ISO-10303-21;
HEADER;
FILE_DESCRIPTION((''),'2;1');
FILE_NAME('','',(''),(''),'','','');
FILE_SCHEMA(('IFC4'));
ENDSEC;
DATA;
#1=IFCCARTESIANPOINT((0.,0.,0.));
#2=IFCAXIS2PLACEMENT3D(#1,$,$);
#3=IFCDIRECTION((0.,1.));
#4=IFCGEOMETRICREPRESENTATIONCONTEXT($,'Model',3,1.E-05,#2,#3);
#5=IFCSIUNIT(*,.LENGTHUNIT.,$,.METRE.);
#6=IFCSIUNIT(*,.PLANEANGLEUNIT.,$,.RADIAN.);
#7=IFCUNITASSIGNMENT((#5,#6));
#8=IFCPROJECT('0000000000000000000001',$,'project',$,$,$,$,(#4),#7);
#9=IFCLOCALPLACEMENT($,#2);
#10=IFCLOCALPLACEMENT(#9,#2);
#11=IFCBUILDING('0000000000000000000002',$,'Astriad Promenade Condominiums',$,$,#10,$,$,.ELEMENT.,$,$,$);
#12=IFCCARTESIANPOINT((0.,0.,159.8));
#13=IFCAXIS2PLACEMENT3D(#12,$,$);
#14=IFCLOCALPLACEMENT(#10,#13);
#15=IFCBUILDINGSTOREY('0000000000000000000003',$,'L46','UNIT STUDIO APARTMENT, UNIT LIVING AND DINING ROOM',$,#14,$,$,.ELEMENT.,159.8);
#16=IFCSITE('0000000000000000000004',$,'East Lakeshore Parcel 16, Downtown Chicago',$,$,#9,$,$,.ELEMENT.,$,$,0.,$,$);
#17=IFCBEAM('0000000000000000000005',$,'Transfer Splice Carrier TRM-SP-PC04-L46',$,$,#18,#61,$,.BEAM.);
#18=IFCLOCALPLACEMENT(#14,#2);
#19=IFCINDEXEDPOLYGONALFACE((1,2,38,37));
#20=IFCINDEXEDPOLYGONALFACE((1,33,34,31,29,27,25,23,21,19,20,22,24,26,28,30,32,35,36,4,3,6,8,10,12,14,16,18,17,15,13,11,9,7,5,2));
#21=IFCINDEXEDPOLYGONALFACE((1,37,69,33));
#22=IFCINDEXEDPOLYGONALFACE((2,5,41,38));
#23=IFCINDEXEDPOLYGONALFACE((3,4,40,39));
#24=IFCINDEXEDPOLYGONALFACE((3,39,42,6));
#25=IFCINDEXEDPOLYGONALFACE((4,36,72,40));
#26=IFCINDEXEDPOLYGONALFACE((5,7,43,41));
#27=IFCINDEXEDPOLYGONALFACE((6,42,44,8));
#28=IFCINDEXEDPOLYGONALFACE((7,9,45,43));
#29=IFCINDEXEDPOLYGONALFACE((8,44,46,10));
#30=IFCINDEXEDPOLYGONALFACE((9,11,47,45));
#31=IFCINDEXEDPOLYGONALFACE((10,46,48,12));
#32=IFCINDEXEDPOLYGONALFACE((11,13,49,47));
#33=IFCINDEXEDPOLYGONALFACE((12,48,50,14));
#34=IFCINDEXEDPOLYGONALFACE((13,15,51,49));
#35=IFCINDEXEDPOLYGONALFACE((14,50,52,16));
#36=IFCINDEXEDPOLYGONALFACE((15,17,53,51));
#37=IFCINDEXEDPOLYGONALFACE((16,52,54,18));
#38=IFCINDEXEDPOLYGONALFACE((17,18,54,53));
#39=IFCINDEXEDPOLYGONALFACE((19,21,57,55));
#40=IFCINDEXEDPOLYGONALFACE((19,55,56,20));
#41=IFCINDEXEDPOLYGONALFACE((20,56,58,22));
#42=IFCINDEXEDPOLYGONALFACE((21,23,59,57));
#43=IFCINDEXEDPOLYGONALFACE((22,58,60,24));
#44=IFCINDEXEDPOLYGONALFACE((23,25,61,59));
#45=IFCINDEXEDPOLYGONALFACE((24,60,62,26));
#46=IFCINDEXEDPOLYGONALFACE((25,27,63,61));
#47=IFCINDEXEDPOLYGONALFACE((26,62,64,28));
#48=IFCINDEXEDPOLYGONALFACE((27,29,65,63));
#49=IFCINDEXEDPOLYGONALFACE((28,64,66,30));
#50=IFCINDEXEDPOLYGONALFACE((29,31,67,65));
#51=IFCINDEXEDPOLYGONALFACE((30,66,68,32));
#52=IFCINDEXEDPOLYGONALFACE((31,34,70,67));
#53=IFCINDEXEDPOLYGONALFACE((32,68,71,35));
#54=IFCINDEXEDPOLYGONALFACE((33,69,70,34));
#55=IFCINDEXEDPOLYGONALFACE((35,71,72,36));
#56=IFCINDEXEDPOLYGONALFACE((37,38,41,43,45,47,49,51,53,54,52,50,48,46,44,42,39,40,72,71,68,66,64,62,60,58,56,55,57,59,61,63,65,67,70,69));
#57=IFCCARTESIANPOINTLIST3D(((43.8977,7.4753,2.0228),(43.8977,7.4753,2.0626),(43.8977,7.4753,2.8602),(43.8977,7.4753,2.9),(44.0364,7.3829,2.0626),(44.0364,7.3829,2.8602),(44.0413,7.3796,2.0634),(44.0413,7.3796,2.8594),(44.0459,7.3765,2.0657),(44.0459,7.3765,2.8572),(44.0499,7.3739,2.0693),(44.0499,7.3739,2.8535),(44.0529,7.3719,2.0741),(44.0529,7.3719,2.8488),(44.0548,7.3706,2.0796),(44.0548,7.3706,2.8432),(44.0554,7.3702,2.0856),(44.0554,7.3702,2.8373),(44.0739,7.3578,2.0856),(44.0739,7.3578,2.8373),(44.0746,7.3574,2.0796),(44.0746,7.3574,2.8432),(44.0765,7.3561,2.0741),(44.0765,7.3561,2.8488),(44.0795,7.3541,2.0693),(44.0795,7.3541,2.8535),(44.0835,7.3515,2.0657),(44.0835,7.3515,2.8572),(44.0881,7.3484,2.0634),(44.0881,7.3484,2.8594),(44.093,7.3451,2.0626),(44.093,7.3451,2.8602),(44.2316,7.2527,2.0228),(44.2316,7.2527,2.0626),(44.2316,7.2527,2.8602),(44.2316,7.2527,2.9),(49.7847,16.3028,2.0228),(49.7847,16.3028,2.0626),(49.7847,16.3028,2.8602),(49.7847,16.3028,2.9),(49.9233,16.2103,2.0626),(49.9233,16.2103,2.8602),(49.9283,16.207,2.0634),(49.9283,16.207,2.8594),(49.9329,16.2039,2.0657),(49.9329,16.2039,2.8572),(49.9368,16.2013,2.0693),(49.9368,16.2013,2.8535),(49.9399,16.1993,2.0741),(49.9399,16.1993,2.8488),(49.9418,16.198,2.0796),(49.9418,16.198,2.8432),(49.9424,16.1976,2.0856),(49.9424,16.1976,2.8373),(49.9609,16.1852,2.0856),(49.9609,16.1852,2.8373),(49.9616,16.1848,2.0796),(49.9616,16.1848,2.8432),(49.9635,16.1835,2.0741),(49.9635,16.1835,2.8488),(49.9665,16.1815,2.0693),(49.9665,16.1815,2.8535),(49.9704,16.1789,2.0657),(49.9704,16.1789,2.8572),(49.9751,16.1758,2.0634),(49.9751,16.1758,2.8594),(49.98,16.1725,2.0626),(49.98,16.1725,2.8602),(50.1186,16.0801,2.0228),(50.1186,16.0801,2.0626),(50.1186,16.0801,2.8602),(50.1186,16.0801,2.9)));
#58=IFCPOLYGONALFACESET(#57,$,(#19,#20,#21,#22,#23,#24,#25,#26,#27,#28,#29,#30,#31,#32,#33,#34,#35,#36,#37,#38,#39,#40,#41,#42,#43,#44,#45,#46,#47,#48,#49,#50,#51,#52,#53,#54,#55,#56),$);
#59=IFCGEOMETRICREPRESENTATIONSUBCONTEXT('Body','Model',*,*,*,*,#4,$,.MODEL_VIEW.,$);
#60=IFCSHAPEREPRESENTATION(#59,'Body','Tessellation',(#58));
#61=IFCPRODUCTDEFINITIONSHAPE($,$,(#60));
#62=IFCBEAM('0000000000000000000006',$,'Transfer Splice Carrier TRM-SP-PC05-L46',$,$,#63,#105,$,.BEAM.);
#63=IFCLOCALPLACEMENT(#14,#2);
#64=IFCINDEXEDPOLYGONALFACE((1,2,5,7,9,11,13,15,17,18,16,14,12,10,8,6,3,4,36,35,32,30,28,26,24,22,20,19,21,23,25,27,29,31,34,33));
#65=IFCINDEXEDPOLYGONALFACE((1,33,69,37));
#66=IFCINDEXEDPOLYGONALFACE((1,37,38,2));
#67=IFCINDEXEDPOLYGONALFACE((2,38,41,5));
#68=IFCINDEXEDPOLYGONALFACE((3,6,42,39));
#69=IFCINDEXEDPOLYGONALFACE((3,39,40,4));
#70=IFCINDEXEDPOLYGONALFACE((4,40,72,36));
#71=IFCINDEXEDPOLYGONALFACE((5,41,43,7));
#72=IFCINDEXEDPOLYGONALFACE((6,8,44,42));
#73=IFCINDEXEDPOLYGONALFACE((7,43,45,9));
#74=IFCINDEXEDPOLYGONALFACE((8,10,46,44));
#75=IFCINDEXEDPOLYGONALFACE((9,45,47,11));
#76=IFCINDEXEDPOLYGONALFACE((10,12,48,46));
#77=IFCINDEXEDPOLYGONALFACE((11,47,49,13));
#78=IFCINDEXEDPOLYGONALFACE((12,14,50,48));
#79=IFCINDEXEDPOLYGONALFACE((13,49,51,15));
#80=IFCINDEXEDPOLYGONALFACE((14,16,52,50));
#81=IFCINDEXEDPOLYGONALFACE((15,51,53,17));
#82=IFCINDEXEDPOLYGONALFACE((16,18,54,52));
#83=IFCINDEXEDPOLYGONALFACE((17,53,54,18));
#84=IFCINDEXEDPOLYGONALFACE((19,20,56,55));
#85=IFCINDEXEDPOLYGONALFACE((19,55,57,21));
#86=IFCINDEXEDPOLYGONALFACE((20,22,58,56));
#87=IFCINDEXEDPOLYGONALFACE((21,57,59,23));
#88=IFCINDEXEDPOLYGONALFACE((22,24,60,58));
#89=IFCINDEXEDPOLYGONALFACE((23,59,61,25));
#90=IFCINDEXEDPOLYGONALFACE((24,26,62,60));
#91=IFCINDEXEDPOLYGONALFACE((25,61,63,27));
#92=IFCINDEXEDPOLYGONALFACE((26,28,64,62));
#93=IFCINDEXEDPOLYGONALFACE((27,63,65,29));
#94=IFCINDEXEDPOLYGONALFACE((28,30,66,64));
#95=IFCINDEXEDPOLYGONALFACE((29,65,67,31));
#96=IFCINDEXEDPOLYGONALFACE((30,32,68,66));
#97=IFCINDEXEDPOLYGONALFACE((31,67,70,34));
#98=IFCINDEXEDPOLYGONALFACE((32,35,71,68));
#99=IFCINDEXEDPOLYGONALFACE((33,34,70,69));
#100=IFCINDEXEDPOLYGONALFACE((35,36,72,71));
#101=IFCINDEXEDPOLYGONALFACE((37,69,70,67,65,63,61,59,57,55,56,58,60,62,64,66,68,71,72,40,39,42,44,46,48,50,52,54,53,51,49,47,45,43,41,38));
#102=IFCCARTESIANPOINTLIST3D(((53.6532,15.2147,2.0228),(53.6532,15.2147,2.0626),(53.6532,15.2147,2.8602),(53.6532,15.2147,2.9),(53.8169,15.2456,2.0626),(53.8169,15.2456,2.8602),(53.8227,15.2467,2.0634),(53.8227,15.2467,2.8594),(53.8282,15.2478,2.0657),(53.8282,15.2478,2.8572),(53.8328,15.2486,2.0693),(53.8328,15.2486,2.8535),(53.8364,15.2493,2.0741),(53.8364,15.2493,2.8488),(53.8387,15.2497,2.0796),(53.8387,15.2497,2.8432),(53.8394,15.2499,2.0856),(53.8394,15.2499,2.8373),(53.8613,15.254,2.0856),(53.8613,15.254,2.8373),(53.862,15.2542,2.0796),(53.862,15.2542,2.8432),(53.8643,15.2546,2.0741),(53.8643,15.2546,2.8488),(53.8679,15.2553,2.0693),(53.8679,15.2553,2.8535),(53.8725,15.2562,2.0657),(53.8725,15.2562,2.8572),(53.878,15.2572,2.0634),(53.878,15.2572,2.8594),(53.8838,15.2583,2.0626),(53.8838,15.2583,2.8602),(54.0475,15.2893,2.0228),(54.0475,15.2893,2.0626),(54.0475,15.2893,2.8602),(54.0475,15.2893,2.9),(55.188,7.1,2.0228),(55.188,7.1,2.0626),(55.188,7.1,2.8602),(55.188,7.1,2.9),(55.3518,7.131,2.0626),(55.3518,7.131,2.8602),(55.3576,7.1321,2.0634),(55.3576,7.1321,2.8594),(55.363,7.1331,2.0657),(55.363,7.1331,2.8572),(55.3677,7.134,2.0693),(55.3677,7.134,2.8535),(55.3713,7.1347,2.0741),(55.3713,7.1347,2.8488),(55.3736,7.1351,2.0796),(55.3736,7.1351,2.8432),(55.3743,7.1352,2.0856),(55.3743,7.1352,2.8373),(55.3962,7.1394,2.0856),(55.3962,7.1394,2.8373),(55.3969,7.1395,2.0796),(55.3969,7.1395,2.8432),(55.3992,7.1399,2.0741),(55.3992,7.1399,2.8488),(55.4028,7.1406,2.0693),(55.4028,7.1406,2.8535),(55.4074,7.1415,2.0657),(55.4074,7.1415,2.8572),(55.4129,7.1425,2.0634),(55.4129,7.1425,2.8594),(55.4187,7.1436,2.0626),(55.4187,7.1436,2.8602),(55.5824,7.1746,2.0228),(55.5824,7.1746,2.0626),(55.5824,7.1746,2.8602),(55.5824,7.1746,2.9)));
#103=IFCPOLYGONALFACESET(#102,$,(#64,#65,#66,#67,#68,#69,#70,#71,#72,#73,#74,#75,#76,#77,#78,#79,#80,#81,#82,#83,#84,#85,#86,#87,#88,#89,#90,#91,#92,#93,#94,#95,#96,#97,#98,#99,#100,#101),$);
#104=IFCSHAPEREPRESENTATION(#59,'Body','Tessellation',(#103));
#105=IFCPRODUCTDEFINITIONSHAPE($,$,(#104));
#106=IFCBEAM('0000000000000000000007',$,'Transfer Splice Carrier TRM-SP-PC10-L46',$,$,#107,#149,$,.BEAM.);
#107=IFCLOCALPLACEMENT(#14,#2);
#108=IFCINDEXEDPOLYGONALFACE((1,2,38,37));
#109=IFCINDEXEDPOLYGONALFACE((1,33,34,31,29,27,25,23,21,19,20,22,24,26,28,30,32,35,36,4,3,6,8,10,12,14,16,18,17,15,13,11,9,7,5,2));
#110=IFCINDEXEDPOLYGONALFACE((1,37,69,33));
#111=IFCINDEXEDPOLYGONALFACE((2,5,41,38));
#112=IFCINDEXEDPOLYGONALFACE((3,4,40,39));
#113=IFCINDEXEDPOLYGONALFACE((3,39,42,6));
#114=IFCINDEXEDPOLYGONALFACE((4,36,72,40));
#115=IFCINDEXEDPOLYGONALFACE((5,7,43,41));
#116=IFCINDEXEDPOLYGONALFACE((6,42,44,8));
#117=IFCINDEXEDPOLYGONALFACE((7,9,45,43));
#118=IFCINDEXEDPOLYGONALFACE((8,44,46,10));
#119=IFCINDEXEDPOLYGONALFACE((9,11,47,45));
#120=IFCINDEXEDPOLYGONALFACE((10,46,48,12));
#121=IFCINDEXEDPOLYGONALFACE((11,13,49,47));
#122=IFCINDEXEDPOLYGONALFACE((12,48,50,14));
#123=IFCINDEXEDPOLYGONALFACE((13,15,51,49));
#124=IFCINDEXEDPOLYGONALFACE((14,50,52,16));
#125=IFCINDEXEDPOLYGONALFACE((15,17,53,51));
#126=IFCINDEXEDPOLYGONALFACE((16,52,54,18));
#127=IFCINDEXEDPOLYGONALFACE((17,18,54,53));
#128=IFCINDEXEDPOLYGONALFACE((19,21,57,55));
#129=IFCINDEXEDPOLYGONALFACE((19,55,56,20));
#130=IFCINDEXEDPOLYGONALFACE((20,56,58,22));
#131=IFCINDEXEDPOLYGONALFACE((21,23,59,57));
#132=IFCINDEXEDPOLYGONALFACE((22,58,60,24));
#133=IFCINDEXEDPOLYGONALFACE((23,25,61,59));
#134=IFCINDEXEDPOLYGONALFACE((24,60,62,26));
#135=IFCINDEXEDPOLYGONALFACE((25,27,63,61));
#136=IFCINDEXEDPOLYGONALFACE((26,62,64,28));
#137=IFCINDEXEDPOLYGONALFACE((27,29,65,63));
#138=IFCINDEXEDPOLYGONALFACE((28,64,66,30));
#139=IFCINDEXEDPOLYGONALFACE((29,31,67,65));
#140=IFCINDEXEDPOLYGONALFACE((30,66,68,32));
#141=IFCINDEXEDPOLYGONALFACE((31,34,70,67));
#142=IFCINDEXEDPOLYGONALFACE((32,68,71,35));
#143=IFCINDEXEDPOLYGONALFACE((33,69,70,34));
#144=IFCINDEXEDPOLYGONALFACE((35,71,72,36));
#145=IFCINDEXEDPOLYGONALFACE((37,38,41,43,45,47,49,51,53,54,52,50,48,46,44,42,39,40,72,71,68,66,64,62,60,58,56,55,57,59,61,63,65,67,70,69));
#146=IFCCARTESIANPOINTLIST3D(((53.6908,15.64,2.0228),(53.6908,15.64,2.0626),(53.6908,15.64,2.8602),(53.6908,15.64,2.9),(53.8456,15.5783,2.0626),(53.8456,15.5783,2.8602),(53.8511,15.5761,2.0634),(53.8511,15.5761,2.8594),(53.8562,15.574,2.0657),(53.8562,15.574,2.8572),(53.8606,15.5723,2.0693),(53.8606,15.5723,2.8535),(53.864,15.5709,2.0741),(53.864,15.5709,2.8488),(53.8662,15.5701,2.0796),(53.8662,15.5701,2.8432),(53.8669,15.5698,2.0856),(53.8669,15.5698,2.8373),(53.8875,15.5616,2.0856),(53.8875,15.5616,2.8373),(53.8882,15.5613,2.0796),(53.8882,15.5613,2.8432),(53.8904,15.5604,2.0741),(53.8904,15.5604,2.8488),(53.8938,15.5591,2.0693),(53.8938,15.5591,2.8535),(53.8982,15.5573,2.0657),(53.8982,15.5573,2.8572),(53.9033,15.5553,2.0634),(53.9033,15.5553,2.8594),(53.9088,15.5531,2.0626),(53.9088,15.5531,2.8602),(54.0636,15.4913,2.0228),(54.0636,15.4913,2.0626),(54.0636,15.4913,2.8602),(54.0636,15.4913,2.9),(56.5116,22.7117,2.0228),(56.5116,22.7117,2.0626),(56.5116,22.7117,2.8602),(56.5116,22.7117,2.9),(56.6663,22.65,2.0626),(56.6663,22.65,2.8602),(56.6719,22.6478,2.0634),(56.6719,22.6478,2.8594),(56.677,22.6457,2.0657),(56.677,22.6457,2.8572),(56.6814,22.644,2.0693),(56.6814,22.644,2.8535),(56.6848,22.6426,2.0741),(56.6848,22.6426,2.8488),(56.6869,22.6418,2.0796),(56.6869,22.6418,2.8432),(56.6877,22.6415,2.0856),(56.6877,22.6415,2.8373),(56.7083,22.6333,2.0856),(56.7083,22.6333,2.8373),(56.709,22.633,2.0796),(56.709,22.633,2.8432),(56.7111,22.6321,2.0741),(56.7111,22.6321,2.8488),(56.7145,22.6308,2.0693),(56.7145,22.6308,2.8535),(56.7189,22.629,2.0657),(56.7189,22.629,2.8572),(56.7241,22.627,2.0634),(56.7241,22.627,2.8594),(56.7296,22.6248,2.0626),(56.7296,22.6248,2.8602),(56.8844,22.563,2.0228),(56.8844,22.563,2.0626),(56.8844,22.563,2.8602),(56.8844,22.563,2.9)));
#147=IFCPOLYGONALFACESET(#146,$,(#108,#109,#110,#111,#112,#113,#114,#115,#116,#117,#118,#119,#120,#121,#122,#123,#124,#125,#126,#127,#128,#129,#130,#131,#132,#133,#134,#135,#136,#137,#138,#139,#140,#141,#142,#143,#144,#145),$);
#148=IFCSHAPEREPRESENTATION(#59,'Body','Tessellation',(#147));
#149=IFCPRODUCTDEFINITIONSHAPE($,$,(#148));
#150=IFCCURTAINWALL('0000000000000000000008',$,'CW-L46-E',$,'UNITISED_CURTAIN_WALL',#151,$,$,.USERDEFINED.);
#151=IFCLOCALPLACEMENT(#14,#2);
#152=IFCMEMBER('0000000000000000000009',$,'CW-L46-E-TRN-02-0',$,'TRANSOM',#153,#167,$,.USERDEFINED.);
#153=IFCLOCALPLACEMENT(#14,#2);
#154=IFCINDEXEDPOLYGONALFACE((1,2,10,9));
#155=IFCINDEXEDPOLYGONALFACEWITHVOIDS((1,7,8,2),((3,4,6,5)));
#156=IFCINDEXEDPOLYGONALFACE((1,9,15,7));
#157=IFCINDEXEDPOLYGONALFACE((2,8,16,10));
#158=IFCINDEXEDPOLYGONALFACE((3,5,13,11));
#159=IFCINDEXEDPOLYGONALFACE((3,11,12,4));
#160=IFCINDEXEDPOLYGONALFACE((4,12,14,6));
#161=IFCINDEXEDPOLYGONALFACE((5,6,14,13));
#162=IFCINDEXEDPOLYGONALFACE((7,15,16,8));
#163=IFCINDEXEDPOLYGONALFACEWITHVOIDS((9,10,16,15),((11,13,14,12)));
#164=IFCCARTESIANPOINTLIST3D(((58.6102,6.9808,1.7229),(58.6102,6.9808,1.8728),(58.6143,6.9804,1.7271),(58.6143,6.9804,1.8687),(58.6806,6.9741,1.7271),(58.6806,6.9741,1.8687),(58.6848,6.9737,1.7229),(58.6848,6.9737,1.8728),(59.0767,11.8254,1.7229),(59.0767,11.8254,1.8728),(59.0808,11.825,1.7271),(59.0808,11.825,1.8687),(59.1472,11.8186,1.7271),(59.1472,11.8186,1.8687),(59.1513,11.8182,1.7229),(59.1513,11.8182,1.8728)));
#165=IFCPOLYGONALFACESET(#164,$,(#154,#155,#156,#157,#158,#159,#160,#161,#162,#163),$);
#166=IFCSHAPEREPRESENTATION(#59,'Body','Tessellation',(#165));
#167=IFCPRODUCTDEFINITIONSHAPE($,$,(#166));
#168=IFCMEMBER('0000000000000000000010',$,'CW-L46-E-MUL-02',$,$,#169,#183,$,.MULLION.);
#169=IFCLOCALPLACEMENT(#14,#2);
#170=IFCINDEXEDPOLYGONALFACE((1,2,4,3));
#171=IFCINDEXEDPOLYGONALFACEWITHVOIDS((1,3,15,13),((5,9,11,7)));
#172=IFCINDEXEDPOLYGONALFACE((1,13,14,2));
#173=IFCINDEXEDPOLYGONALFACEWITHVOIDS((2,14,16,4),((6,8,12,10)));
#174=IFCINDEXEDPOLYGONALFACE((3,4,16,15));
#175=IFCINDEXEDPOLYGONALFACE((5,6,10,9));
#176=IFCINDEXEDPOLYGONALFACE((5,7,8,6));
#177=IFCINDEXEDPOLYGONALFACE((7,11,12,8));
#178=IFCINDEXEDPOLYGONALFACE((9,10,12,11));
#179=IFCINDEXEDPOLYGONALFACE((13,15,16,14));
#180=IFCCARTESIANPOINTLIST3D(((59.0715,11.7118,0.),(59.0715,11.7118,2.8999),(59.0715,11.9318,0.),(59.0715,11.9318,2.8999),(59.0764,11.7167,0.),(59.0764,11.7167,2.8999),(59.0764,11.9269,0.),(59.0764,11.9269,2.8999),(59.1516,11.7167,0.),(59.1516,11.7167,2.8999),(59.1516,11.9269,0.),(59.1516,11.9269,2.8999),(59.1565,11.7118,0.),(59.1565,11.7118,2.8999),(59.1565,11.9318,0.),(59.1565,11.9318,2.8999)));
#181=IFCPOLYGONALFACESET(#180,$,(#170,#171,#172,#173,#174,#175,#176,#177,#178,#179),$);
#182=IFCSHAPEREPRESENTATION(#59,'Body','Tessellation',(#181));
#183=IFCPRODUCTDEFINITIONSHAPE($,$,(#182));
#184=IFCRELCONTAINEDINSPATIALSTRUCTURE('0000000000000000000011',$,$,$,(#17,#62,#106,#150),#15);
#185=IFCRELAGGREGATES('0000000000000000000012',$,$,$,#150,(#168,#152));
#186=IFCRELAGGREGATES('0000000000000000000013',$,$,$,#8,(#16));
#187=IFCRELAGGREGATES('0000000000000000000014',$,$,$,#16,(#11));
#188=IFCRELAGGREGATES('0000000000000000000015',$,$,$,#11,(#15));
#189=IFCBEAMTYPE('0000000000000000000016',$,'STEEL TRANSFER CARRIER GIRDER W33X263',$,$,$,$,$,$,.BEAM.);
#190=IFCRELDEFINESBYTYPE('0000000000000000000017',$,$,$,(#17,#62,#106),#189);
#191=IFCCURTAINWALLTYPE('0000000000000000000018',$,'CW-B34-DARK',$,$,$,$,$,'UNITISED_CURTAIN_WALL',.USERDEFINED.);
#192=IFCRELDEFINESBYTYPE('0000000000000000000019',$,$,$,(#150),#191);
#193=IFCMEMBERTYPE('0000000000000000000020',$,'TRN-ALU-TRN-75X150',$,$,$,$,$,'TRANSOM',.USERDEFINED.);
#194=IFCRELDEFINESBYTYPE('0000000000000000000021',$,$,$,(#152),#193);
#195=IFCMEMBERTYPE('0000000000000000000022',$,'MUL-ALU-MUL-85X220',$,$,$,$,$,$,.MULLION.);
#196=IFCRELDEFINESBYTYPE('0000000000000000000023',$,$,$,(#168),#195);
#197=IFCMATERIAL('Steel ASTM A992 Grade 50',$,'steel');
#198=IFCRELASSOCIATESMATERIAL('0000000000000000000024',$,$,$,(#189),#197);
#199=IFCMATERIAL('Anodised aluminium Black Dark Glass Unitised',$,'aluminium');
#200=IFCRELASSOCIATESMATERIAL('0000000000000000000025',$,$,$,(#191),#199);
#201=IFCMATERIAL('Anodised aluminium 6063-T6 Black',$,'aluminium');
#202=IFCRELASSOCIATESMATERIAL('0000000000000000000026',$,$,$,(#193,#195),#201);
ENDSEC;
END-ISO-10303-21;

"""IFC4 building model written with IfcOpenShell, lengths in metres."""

from ifc_helpers import new_model, si_unit, direction, frame, origin, origin_2d, place, context, subcontext, project, spatial, hollow_rectangle, i_section, extrude, source, transform, mapped, material, material_profile, profile_set, type_object, type_shapes, element, aggregate, save


model = new_model("IFC4")

# Units and contexts
model_context = context("Model", 3, precision=1e-05, world=origin(), true_north=direction((0.0, 1.0)))
body_context = subcontext(model_context, "Body", "Model", "MODEL_VIEW")
ifc_project = project(units=[si_unit("LENGTHUNIT", "METRE"), si_unit("PLANEANGLEUNIT", "RADIAN")], contexts=[model_context])

# Site, building, storey
site_placement = place(None, origin())
site = spatial("IfcSite", under=ifc_project, at=site_placement, Name="East Lakeshore Parcel 16, Downtown Chicago", CompositionType="ELEMENT", RefElevation=0.0)
building_placement = place(site_placement, origin())
building = spatial("IfcBuilding", under=site, at=building_placement, Name="Astriad Promenade Condominiums", CompositionType="ELEMENT")
storey_placement = place(building_placement, frame((0.0, 0.0, 159.8)))
storey = spatial("IfcBuildingStorey", under=building, at=storey_placement, Name="L46", Description="UNIT STUDIO APARTMENT, UNIT LIVING AND DINING ROOM", CompositionType="ELEMENT", Elevation=159.8)

# Beams
ifc_material_1 = material(Name="Steel ASTM A992 Grade 50", Category="steel")
ifc_material_profile_1 = material_profile(ifc_material_1, i_section(OverallWidth=0.4014, OverallDepth=0.8772, WebThickness=0.0222, FlangeThickness=0.0398, FilletRadius=0.0229, at=origin_2d()), Name="W33X263")
ifc_profile_set_1 = profile_set([ifc_material_profile_1], Name="Steel ASTM A992 Grade 50")
beam_type_1 = type_object("IfcBeamType", Name="STEEL TRANSFER CARRIER GIRDER W33X263", PredefinedType="BEAM", material=ifc_profile_set_1)
shared_shape_1 = source(origin(), body_context, "Body", "SweptSolid", [
    extrude(i_section(OverallWidth=0.4014, OverallDepth=0.8772, WebThickness=0.0222, FlangeThickness=0.0398, FilletRadius=0.0229, at=origin_2d()), origin(), (0.0, 0.0, 1.0), 10.6104),
])
beam_1_placement = place(storey_placement, frame((49.9517, 16.1914, 2.4614), z_axis=(-0.554833, -0.831962, 0.0), x_axis=(0.831962, -0.554833, 0.0)))
element("IfcBeam", 1, at=beam_1_placement, inside=storey, type_object=beam_type_1, Name="Transfer Splice Carrier TRM-SP-PC04-L46", PredefinedType="BEAM", context=body_context, shape_type="MappedRepresentation", body=[
    mapped(shared_shape_1, transform((0.0, 0.0, 0.0), scale=1.0)),
])
shared_shape_2 = source(origin(), body_context, "Body", "SweptSolid", [
    extrude(i_section(OverallWidth=0.4014, OverallDepth=0.8772, WebThickness=0.0222, FlangeThickness=0.0398, FilletRadius=0.0229, at=origin_2d()), origin(), (0.0, 0.0, 1.0), 8.2585),
])
beam_2_placement = place(storey_placement, frame((53.8503, 15.252, 2.4614), z_axis=(0.185855, -0.982577, 0.0), x_axis=(0.982577, 0.185855, 0.0)))
element("IfcBeam", 2, at=beam_2_placement, inside=storey, type_object=beam_type_1, Name="Transfer Splice Carrier TRM-SP-PC05-L46", PredefinedType="BEAM", context=body_context, shape_type="MappedRepresentation", body=[
    mapped(shared_shape_2, transform((0.0, 0.0, 0.0), scale=1.0)),
])
shared_shape_3 = source(origin(), body_context, "Body", "SweptSolid", [
    extrude(i_section(OverallWidth=0.4014, OverallDepth=0.8772, WebThickness=0.0222, FlangeThickness=0.0398, FilletRadius=0.0229, at=origin_2d()), origin(), (0.0, 0.0, 1.0), 7.6135),
])
type_shapes(beam_type_1, [shared_shape_1, shared_shape_2, shared_shape_3])
beam_3_placement = place(storey_placement, frame((53.8772, 15.5657, 2.4614), z_axis=(0.370495, 0.928835, 0.0), x_axis=(-0.928835, 0.370495, 0.0)))
element("IfcBeam", 3, at=beam_3_placement, inside=storey, type_object=beam_type_1, Name="Transfer Splice Carrier TRM-SP-PC10-L46", PredefinedType="BEAM", context=body_context, shape_type="MappedRepresentation", body=[
    mapped(shared_shape_3, transform((0.0, 0.0, 0.0), scale=1.0)),
])

# Curtain wall, members
ifc_material_2 = material(Name="Anodised aluminium Black Dark Glass Unitised", Category="aluminium")
curtain_wall_type = type_object("IfcCurtainWallType", Name="CW-B34-DARK", ElementType="UNITISED_CURTAIN_WALL", PredefinedType="USERDEFINED", material=ifc_material_2)
curtain_wall_placement = place(storey_placement, origin())
curtain_wall = element("IfcCurtainWall", 4, at=curtain_wall_placement, inside=storey, type_object=curtain_wall_type, Name="CW-L46-E", ObjectType="UNITISED_CURTAIN_WALL", PredefinedType="USERDEFINED")
ifc_material_3 = material(Name="Anodised aluminium 6063-T6 Black", Category="aluminium")
ifc_material_profile_2 = material_profile(ifc_material_3, hollow_rectangle(XDim=0.075, YDim=0.1499, WallThickness=0.0042, at=origin_2d()), Name="ALU-TRN-75X150")
ifc_profile_set_2 = profile_set([ifc_material_profile_2], Name="Anodised aluminium 6063-T6 Black")
member_type_1 = type_object("IfcMemberType", Name="TRN-ALU-TRN-75X150", ElementType="TRANSOM", PredefinedType="USERDEFINED", material=ifc_profile_set_2)
shared_shape_4 = source(origin(), body_context, "Body", "SweptSolid", [
    extrude(hollow_rectangle(XDim=0.075, YDim=0.1499, WallThickness=0.0042, at=origin_2d()), origin(), (0.0, 0.0, 1.0), 4.8669),
])
type_shapes(member_type_1, [shared_shape_4])
member_1_placement = place(storey_placement, frame((59.114, 11.8218, 1.7979), z_axis=(-0.095862, -0.995395, 0.0), x_axis=(0.995395, -0.095862, 0.0)))
member_1 = element("IfcMember", 5, at=member_1_placement, type_object=member_type_1, Name="CW-L46-E-TRN-02-0", ObjectType="TRANSOM", PredefinedType="USERDEFINED", context=body_context, shape_type="MappedRepresentation", body=[
    mapped(shared_shape_4, transform((0.0, 0.0, 0.0), scale=1.0)),
])
ifc_material_profile_3 = material_profile(ifc_material_3, hollow_rectangle(XDim=0.085, YDim=0.22, WallThickness=0.0049, at=origin_2d()), Name="ALU-MUL-85X220")
ifc_profile_set_3 = profile_set([ifc_material_profile_3], Name="Anodised aluminium 6063-T6 Black")
member_type_2 = type_object("IfcMemberType", Name="MUL-ALU-MUL-85X220", PredefinedType="MULLION", material=ifc_profile_set_3)
shared_shape_5 = source(origin(), body_context, "Body", "SweptSolid", [
    extrude(hollow_rectangle(XDim=0.085, YDim=0.22, WallThickness=0.0049, at=origin_2d()), origin(), (0.0, 0.0, 1.0), 2.8999),
])
type_shapes(member_type_2, [shared_shape_5])
member_2_placement = place(storey_placement, frame((59.114, 11.8218, 0.0), z_axis=(0.0, 0.0, 1.0), x_axis=(1.0, 0.0, 0.0)))
member_2 = element("IfcMember", 6, at=member_2_placement, type_object=member_type_2, Name="CW-L46-E-MUL-02", PredefinedType="MULLION", context=body_context, shape_type="MappedRepresentation", body=[
    mapped(shared_shape_5, transform((0.0, 0.0, 0.0), scale=1.0)),
])
aggregate(curtain_wall, [member_2, member_1])

save(model, "model.ifc")
